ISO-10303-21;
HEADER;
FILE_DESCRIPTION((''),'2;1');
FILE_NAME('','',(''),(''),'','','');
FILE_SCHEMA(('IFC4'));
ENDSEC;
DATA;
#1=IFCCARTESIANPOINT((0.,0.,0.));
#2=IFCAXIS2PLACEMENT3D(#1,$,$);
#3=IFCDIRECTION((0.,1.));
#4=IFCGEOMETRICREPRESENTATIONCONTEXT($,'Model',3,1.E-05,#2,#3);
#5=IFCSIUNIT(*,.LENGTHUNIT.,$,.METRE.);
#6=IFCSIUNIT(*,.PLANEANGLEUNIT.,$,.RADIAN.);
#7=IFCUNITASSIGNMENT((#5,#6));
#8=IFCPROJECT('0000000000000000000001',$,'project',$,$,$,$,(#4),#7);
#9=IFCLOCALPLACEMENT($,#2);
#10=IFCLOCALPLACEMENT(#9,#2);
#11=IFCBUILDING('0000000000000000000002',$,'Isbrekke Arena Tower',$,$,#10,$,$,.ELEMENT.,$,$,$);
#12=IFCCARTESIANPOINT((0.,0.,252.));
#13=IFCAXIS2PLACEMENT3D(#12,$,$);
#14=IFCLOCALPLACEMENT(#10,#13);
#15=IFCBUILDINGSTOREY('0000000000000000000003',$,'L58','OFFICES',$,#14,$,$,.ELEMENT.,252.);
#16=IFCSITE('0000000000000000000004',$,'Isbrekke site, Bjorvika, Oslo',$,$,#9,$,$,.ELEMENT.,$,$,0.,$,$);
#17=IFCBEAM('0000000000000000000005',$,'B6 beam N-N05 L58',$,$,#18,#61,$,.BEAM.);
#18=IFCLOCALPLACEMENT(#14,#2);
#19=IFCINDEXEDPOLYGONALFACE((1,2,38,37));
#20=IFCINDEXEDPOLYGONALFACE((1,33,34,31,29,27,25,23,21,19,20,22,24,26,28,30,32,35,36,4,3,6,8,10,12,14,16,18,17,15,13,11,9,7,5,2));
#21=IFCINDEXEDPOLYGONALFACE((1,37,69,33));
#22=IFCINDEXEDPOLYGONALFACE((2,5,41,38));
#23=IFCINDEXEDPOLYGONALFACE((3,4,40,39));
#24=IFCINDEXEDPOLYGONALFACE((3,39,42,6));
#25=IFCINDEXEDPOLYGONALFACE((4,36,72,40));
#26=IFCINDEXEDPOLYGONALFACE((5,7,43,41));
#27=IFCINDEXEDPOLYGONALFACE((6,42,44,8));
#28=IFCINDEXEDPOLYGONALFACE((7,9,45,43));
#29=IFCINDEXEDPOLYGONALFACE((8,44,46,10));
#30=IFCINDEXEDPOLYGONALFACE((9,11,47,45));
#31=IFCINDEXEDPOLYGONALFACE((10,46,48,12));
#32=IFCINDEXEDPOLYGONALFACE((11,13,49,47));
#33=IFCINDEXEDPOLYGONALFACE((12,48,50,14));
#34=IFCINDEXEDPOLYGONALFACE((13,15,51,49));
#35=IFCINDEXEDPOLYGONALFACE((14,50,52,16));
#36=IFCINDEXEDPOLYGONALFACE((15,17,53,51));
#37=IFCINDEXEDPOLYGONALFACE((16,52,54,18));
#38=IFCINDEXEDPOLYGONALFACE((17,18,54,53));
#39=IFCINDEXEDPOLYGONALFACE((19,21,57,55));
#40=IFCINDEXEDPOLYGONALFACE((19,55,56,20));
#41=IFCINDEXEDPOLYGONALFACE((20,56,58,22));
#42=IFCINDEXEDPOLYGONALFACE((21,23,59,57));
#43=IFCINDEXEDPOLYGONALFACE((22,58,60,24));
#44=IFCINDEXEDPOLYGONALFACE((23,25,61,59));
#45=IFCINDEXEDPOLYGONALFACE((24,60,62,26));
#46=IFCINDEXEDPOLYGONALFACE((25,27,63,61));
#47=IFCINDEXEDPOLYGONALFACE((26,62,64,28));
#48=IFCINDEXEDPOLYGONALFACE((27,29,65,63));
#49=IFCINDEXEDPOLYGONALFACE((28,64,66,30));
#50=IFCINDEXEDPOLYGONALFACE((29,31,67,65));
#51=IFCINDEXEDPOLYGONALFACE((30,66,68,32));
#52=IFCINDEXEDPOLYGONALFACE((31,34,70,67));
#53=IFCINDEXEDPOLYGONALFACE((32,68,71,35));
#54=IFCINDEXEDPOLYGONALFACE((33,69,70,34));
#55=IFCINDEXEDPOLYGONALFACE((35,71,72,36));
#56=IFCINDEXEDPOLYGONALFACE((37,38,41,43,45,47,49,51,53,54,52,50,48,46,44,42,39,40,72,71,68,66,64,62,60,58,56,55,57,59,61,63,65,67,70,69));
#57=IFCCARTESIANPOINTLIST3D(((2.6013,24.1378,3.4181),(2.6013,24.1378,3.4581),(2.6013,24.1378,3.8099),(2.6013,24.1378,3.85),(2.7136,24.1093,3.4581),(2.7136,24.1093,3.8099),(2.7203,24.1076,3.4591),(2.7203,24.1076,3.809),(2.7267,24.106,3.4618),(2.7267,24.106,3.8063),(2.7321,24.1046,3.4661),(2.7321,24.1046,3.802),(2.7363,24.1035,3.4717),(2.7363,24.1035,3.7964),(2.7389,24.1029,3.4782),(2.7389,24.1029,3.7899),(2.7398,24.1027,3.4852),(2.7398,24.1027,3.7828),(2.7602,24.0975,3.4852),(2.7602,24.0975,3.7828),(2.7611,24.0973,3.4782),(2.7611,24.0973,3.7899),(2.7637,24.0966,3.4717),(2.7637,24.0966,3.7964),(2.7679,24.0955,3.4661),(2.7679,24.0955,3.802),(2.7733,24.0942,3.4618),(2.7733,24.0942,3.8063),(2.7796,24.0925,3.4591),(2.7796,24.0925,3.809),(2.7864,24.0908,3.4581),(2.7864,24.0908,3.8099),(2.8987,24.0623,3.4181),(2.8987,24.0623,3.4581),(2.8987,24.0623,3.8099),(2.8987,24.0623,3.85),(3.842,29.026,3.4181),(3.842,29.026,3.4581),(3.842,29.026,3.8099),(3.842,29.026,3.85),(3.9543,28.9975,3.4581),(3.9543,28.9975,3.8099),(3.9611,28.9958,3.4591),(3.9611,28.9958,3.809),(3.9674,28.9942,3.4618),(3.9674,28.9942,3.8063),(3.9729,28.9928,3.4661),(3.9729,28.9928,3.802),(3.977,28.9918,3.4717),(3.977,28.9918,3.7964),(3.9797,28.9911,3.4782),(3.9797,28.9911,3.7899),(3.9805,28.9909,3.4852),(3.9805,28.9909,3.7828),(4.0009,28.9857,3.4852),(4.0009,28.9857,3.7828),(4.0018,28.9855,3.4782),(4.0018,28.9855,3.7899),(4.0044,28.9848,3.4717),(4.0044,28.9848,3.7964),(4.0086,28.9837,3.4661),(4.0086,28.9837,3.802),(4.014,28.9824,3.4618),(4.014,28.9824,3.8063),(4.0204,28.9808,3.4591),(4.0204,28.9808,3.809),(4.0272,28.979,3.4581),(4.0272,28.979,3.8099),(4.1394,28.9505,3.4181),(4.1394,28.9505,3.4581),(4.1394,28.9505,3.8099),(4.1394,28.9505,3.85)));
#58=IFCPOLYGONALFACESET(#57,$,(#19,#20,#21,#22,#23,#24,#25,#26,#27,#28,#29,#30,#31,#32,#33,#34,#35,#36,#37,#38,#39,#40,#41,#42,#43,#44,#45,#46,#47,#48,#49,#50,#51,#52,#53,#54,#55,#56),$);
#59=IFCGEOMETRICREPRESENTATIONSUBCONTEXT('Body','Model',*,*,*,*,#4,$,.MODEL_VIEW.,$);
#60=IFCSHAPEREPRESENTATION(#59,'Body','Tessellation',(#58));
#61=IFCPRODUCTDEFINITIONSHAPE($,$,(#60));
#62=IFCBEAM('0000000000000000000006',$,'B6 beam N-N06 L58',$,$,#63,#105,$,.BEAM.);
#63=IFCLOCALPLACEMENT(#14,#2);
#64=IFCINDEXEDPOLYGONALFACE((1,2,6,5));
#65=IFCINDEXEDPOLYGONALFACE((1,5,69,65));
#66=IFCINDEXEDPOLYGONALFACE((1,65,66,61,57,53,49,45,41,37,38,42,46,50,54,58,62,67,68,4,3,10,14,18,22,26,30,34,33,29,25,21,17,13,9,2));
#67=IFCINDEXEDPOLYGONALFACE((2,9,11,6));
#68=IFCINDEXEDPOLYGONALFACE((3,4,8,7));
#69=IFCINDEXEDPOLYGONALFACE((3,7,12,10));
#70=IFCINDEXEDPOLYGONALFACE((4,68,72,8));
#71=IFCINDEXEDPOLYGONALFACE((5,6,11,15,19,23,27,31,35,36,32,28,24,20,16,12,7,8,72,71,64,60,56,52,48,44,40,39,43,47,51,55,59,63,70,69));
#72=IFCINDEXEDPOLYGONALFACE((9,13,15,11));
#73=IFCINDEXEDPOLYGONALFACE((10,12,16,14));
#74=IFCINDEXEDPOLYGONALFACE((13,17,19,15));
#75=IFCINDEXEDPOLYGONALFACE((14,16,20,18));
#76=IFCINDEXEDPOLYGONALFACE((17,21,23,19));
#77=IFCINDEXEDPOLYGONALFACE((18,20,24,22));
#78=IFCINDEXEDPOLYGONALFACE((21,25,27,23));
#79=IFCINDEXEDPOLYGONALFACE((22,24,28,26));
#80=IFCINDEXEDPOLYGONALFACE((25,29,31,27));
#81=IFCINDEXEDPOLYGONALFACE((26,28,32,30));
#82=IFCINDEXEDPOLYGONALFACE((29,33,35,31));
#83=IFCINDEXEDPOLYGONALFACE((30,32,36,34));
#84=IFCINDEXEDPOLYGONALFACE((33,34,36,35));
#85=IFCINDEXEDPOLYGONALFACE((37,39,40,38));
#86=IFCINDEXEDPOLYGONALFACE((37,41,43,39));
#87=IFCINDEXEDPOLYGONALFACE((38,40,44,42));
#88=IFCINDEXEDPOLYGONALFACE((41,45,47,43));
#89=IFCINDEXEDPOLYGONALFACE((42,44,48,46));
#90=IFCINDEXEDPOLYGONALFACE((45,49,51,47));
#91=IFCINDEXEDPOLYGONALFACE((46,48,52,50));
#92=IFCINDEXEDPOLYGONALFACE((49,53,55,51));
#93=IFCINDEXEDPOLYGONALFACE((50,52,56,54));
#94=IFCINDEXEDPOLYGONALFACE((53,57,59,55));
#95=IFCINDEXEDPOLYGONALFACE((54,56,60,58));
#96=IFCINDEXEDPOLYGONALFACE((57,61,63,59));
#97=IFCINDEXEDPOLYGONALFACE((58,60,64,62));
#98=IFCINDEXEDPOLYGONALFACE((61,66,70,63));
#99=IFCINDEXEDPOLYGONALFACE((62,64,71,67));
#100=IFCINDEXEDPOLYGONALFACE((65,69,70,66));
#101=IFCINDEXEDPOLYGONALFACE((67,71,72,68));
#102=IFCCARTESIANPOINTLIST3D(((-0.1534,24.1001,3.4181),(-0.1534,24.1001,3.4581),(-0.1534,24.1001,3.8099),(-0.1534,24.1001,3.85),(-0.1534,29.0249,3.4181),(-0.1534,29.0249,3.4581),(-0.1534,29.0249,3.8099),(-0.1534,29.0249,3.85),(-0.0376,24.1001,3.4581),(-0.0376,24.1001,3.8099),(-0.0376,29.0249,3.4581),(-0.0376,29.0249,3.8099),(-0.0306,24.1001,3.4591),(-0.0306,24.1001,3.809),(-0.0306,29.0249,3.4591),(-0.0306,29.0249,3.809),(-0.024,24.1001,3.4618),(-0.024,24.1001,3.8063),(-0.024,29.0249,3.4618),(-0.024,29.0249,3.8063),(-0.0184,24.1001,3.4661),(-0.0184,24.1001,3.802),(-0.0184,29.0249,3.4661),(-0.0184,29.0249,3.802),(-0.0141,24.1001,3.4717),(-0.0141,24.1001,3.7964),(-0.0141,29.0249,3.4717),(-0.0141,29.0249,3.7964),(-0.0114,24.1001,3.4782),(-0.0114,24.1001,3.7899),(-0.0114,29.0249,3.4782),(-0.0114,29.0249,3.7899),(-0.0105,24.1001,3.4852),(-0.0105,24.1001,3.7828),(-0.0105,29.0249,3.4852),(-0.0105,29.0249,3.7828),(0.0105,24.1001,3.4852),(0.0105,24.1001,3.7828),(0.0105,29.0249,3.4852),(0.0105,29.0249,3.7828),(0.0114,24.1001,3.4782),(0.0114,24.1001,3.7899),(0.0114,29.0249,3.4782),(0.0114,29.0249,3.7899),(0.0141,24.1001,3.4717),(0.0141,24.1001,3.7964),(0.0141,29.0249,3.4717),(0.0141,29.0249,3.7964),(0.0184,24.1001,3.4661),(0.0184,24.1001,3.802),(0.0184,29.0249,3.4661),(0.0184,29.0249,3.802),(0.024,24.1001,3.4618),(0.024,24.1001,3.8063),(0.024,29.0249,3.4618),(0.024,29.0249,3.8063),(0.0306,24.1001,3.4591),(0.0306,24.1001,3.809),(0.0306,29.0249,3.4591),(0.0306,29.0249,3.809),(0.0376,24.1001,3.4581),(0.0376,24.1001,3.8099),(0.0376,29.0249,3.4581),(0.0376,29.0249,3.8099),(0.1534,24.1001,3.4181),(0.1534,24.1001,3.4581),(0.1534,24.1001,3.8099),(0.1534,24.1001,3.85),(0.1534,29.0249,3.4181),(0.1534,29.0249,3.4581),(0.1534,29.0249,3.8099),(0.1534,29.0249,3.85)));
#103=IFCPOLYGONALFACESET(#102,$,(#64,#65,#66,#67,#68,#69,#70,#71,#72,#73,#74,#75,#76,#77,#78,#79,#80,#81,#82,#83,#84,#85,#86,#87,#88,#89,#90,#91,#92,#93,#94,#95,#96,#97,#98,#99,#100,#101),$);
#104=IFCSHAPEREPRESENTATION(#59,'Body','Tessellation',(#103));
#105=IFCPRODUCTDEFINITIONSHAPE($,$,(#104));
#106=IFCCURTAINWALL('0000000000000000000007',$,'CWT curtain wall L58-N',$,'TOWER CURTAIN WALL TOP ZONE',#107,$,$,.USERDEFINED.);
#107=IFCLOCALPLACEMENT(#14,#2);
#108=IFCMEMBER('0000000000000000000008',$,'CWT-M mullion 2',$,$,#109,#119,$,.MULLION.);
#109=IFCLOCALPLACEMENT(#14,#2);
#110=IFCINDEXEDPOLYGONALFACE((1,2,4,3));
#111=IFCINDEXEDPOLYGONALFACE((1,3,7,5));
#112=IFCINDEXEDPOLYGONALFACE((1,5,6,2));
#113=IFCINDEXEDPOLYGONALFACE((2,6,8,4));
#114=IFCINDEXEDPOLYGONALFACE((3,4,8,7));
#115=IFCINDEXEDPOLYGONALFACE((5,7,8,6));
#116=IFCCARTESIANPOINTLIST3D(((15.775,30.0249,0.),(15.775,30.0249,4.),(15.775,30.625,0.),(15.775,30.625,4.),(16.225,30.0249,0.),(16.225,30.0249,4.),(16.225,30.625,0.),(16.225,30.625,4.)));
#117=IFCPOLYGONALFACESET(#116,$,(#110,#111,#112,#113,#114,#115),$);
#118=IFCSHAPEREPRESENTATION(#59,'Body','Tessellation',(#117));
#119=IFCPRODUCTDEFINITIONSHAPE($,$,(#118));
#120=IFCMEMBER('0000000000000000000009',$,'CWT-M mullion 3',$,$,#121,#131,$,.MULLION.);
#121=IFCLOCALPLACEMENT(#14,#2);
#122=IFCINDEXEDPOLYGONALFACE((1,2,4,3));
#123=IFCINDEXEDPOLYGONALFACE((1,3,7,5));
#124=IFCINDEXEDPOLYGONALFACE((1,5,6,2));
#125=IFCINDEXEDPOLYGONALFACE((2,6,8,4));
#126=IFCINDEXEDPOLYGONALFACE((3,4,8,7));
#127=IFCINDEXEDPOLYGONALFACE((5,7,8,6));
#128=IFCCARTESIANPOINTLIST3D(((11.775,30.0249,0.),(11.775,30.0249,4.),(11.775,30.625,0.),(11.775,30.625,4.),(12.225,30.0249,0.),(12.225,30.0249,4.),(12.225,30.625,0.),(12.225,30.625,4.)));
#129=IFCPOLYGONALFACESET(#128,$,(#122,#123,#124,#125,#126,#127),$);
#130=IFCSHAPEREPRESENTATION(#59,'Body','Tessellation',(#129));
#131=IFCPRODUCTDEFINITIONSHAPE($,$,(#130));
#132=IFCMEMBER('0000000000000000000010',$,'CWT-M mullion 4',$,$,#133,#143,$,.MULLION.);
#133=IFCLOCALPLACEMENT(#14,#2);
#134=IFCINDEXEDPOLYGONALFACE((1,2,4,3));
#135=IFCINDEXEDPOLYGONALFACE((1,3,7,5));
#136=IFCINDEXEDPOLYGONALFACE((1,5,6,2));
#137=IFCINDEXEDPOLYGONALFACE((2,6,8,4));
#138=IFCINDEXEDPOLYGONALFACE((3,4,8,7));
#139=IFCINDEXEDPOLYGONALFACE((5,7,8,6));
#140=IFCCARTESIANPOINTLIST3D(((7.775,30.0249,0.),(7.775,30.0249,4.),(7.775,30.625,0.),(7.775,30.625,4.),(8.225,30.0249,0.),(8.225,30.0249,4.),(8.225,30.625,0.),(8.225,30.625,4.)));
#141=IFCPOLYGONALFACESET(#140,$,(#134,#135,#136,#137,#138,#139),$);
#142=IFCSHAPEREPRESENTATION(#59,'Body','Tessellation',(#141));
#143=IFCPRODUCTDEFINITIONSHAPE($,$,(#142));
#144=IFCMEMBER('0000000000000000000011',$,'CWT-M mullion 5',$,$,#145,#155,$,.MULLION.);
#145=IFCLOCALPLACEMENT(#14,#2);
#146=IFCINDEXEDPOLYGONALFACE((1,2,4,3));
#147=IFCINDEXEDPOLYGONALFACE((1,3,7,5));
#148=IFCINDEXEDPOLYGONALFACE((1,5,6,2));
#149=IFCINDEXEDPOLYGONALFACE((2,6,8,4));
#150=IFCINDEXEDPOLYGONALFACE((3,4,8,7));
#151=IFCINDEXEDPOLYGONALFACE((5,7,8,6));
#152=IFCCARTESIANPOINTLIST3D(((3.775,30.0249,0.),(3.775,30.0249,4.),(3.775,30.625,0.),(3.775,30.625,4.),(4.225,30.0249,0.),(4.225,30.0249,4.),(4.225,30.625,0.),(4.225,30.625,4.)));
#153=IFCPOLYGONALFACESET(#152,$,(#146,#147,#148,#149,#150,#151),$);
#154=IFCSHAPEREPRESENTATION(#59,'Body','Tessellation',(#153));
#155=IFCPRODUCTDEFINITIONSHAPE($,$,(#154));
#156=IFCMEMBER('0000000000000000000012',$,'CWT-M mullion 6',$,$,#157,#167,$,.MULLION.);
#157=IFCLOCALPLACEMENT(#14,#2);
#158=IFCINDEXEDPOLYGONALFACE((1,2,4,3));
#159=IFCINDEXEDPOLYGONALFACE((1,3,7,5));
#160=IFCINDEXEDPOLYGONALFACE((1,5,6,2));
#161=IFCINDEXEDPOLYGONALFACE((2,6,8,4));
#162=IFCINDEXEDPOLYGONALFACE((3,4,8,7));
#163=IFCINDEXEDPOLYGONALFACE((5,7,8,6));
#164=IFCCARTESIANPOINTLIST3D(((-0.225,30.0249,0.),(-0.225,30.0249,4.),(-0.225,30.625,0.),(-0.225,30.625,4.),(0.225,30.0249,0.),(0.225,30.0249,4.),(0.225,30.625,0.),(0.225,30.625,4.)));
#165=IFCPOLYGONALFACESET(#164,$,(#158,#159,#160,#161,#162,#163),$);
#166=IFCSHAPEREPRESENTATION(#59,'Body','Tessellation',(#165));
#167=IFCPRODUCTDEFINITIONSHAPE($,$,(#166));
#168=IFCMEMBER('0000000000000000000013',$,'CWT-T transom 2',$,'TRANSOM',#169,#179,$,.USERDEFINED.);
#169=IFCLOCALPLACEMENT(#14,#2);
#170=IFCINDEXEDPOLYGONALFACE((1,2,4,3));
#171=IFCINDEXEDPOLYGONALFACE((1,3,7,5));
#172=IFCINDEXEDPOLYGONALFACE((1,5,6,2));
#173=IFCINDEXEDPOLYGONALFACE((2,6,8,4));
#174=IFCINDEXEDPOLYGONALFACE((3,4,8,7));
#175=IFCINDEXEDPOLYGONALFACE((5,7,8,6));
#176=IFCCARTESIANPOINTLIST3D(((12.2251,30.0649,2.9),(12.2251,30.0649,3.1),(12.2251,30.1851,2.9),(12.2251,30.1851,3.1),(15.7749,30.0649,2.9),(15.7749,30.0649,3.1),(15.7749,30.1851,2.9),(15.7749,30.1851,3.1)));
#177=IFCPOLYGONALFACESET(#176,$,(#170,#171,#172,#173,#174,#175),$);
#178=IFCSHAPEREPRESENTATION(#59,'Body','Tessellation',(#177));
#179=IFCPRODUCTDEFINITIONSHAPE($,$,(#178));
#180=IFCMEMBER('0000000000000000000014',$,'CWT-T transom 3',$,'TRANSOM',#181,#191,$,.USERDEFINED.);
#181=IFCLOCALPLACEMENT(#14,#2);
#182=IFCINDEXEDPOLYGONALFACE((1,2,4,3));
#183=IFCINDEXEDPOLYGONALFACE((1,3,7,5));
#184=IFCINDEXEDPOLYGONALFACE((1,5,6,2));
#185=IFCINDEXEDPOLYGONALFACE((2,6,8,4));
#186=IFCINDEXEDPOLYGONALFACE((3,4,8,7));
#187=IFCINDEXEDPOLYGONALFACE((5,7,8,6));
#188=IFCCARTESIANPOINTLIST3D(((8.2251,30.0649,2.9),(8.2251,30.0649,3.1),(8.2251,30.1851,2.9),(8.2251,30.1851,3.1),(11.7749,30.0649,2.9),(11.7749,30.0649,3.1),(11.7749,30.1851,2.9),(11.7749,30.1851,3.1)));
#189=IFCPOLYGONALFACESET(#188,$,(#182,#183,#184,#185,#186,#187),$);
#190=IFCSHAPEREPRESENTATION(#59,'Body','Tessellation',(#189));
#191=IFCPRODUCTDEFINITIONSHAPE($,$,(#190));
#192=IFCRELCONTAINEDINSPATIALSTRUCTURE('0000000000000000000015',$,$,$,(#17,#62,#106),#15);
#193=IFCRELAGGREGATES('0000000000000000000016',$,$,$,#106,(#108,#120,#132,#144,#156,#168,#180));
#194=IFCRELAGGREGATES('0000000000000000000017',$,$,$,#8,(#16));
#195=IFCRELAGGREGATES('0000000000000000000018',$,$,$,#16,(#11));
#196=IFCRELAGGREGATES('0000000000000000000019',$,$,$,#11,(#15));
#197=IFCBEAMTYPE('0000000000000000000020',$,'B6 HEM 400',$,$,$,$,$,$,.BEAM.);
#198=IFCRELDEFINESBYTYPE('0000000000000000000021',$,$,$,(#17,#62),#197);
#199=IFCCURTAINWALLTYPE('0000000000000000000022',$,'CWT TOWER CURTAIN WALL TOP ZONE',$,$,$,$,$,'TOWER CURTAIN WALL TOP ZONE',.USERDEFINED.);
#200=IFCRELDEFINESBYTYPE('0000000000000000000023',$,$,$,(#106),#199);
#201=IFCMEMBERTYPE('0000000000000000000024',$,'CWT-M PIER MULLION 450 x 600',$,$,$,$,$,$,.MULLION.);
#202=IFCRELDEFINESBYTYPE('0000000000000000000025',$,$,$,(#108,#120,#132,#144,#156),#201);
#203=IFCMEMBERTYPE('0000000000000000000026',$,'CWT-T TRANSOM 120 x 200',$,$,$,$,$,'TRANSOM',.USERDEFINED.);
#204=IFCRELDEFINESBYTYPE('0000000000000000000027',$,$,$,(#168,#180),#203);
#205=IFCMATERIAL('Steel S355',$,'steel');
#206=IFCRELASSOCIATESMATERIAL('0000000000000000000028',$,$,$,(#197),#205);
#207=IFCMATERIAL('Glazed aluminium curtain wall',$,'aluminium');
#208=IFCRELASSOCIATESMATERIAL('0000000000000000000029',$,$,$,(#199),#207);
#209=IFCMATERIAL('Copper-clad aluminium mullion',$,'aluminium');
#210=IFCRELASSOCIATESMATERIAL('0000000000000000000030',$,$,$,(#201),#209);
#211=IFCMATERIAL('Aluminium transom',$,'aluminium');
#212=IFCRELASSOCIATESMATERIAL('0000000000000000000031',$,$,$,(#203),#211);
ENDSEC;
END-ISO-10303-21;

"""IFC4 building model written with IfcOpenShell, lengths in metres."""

from ifc_helpers import new_model, si_unit, direction, frame, origin, origin_2d, place, context, subcontext, project, spatial, rectangle, i_section, extrude, material, material_profile, profile_set, type_object, element, aggregate, save


model = new_model("IFC4")

# Units and contexts
model_context = context("Model", 3, precision=1e-05, world=origin(), true_north=direction((0.0, 1.0)))
body_context = subcontext(model_context, "Body", "Model", "MODEL_VIEW")
ifc_project = project(units=[si_unit("LENGTHUNIT", "METRE"), si_unit("PLANEANGLEUNIT", "RADIAN")], contexts=[model_context])

# Site, building, storey
site_placement = place(None, origin())
site = spatial("IfcSite", under=ifc_project, at=site_placement, Name="Isbrekke site, Bjorvika, Oslo", CompositionType="ELEMENT", RefElevation=0.0)
building_placement = place(site_placement, origin())
building = spatial("IfcBuilding", under=site, at=building_placement, Name="Isbrekke Arena Tower", CompositionType="ELEMENT")
storey_placement = place(building_placement, frame((0.0, 0.0, 252.0)))
storey = spatial("IfcBuildingStorey", under=building, at=storey_placement, Name="L58", Description="OFFICES", CompositionType="ELEMENT", Elevation=252.0)

# Beams
ifc_material_1 = material(Name="Steel S355", Category="steel")
ifc_material_profile_1 = material_profile(ifc_material_1, i_section(OverallWidth=0.3069, OverallDepth=0.4319, WebThickness=0.021, FlangeThickness=0.04, FilletRadius=0.0271, at=origin_2d()), Name="HEM 400")
ifc_profile_set_1 = profile_set([ifc_material_profile_1], Name="Steel S355")
beam_type_1 = type_object("IfcBeamType", Name="B6 HEM 400", PredefinedType="BEAM", material=ifc_profile_set_1)
beam_1_placement = place(storey_placement, frame((3.9907, 28.9883, 3.634), z_axis=(-0.24602, -0.969265, 0.0), x_axis=(0.969265, -0.24602, 0.0)))
element("IfcBeam", 1, at=beam_1_placement, inside=storey, type_object=beam_type_1, Name="B6 beam N-N05 L58", PredefinedType="BEAM", context=body_context, shape_type="SweptSolid", body=[
    extrude(i_section(OverallWidth=0.3069, OverallDepth=0.4319, WebThickness=0.021, FlangeThickness=0.04, FilletRadius=0.0271, at=origin_2d()), origin(), (0.0, 0.0, 1.0), 5.0432),
])
beam_2_placement = place(storey_placement, frame((0.0, 29.0249, 3.634), z_axis=(0.0, -1.0, 0.0), x_axis=(1.0, 0.0, 0.0)))
element("IfcBeam", 2, at=beam_2_placement, inside=storey, type_object=beam_type_1, Name="B6 beam N-N06 L58", PredefinedType="BEAM", context=body_context, shape_type="SweptSolid", body=[
    extrude(i_section(OverallWidth=0.3069, OverallDepth=0.4319, WebThickness=0.021, FlangeThickness=0.04, FilletRadius=0.0271, at=origin_2d()), origin(), (0.0, 0.0, 1.0), 4.9248),
])

# Curtain wall, members
ifc_material_2 = material(Name="Glazed aluminium curtain wall", Category="aluminium")
curtain_wall_type = type_object("IfcCurtainWallType", Name="CWT TOWER CURTAIN WALL TOP ZONE", ElementType="TOWER CURTAIN WALL TOP ZONE", PredefinedType="USERDEFINED", material=ifc_material_2)
curtain_wall_placement = place(storey_placement, origin())
curtain_wall = element("IfcCurtainWall", 3, at=curtain_wall_placement, inside=storey, type_object=curtain_wall_type, Name="CWT curtain wall L58-N", ObjectType="TOWER CURTAIN WALL TOP ZONE", PredefinedType="USERDEFINED")
ifc_material_3 = material(Name="Copper-clad aluminium mullion", Category="aluminium")
ifc_material_profile_2 = material_profile(ifc_material_3, rectangle(XDim=0.45, YDim=0.6001, at=origin_2d()), Name="PIER 450X600")
ifc_profile_set_2 = profile_set([ifc_material_profile_2], Name="Copper-clad aluminium mullion")
member_type_1 = type_object("IfcMemberType", Name="CWT-M PIER MULLION 450 x 600", PredefinedType="MULLION", material=ifc_profile_set_2)
member_1_placement = place(storey_placement, frame((16.0, 30.325, 0.0), z_axis=(0.0, 0.0, 1.0), x_axis=(-1.0, 0.0, 0.0)))
member_1 = element("IfcMember", 4, at=member_1_placement, type_object=member_type_1, Name="CWT-M mullion 2", PredefinedType="MULLION", context=body_context, shape_type="SweptSolid", body=[
    extrude(rectangle(XDim=0.45, YDim=0.6001, at=origin_2d()), origin(), (0.0, 0.0, 1.0), 4.0),
])
member_2_placement = place(storey_placement, frame((12.0, 30.325, 0.0), z_axis=(0.0, 0.0, 1.0), x_axis=(-1.0, 0.0, 0.0)))
member_2 = element("IfcMember", 5, at=member_2_placement, type_object=member_type_1, Name="CWT-M mullion 3", PredefinedType="MULLION", context=body_context, shape_type="SweptSolid", body=[
    extrude(rectangle(XDim=0.45, YDim=0.6001, at=origin_2d()), origin(), (0.0, 0.0, 1.0), 4.0),
])
member_3_placement = place(storey_placement, frame((8.0, 30.325, 0.0), z_axis=(0.0, 0.0, 1.0), x_axis=(-1.0, 0.0, 0.0)))
member_3 = element("IfcMember", 6, at=member_3_placement, type_object=member_type_1, Name="CWT-M mullion 4", PredefinedType="MULLION", context=body_context, shape_type="SweptSolid", body=[
    extrude(rectangle(XDim=0.45, YDim=0.6001, at=origin_2d()), origin(), (0.0, 0.0, 1.0), 4.0),
])
member_4_placement = place(storey_placement, frame((4.0, 30.325, 0.0), z_axis=(0.0, 0.0, 1.0), x_axis=(-1.0, 0.0, 0.0)))
member_4 = element("IfcMember", 7, at=member_4_placement, type_object=member_type_1, Name="CWT-M mullion 5", PredefinedType="MULLION", context=body_context, shape_type="SweptSolid", body=[
    extrude(rectangle(XDim=0.45, YDim=0.6001, at=origin_2d()), origin(), (0.0, 0.0, 1.0), 4.0),
])
member_5_placement = place(storey_placement, frame((0.0, 30.325, 0.0), z_axis=(0.0, 0.0, 1.0), x_axis=(-1.0, 0.0, 0.0)))
member_5 = element("IfcMember", 8, at=member_5_placement, type_object=member_type_1, Name="CWT-M mullion 6", PredefinedType="MULLION", context=body_context, shape_type="SweptSolid", body=[
    extrude(rectangle(XDim=0.45, YDim=0.6001, at=origin_2d()), origin(), (0.0, 0.0, 1.0), 4.0),
])
ifc_material_4 = material(Name="Aluminium transom", Category="aluminium")
ifc_material_profile_3 = material_profile(ifc_material_4, rectangle(XDim=0.1201, YDim=0.2, at=origin_2d()), Name="TRANSOM 120X200")
ifc_profile_set_3 = profile_set([ifc_material_profile_3], Name="Aluminium transom")
member_type_2 = type_object("IfcMemberType", Name="CWT-T TRANSOM 120 x 200", ElementType="TRANSOM", PredefinedType="USERDEFINED", material=ifc_profile_set_3)
member_6_placement = place(storey_placement, frame((15.7749, 30.125, 3.0), z_axis=(-1.0, 0.0, 0.0), x_axis=(0.0, -1.0, 0.0)))
member_6 = element("IfcMember", 9, at=member_6_placement, type_object=member_type_2, Name="CWT-T transom 2", ObjectType="TRANSOM", PredefinedType="USERDEFINED", context=body_context, shape_type="SweptSolid", body=[
    extrude(rectangle(XDim=0.1201, YDim=0.2, at=origin_2d()), origin(), (0.0, 0.0, 1.0), 3.5498),
])
member_7_placement = place(storey_placement, frame((11.7749, 30.125, 3.0), z_axis=(-1.0, 0.0, 0.0), x_axis=(0.0, -1.0, 0.0)))
member_7 = element("IfcMember", 10, at=member_7_placement, type_object=member_type_2, Name="CWT-T transom 3", ObjectType="TRANSOM", PredefinedType="USERDEFINED", context=body_context, shape_type="SweptSolid", body=[
    extrude(rectangle(XDim=0.1201, YDim=0.2, at=origin_2d()), origin(), (0.0, 0.0, 1.0), 3.5498),
])

aggregate(curtain_wall, [member_1, member_2, member_3, member_4, member_5, member_6, member_7])

save(model, "model.ifc")
